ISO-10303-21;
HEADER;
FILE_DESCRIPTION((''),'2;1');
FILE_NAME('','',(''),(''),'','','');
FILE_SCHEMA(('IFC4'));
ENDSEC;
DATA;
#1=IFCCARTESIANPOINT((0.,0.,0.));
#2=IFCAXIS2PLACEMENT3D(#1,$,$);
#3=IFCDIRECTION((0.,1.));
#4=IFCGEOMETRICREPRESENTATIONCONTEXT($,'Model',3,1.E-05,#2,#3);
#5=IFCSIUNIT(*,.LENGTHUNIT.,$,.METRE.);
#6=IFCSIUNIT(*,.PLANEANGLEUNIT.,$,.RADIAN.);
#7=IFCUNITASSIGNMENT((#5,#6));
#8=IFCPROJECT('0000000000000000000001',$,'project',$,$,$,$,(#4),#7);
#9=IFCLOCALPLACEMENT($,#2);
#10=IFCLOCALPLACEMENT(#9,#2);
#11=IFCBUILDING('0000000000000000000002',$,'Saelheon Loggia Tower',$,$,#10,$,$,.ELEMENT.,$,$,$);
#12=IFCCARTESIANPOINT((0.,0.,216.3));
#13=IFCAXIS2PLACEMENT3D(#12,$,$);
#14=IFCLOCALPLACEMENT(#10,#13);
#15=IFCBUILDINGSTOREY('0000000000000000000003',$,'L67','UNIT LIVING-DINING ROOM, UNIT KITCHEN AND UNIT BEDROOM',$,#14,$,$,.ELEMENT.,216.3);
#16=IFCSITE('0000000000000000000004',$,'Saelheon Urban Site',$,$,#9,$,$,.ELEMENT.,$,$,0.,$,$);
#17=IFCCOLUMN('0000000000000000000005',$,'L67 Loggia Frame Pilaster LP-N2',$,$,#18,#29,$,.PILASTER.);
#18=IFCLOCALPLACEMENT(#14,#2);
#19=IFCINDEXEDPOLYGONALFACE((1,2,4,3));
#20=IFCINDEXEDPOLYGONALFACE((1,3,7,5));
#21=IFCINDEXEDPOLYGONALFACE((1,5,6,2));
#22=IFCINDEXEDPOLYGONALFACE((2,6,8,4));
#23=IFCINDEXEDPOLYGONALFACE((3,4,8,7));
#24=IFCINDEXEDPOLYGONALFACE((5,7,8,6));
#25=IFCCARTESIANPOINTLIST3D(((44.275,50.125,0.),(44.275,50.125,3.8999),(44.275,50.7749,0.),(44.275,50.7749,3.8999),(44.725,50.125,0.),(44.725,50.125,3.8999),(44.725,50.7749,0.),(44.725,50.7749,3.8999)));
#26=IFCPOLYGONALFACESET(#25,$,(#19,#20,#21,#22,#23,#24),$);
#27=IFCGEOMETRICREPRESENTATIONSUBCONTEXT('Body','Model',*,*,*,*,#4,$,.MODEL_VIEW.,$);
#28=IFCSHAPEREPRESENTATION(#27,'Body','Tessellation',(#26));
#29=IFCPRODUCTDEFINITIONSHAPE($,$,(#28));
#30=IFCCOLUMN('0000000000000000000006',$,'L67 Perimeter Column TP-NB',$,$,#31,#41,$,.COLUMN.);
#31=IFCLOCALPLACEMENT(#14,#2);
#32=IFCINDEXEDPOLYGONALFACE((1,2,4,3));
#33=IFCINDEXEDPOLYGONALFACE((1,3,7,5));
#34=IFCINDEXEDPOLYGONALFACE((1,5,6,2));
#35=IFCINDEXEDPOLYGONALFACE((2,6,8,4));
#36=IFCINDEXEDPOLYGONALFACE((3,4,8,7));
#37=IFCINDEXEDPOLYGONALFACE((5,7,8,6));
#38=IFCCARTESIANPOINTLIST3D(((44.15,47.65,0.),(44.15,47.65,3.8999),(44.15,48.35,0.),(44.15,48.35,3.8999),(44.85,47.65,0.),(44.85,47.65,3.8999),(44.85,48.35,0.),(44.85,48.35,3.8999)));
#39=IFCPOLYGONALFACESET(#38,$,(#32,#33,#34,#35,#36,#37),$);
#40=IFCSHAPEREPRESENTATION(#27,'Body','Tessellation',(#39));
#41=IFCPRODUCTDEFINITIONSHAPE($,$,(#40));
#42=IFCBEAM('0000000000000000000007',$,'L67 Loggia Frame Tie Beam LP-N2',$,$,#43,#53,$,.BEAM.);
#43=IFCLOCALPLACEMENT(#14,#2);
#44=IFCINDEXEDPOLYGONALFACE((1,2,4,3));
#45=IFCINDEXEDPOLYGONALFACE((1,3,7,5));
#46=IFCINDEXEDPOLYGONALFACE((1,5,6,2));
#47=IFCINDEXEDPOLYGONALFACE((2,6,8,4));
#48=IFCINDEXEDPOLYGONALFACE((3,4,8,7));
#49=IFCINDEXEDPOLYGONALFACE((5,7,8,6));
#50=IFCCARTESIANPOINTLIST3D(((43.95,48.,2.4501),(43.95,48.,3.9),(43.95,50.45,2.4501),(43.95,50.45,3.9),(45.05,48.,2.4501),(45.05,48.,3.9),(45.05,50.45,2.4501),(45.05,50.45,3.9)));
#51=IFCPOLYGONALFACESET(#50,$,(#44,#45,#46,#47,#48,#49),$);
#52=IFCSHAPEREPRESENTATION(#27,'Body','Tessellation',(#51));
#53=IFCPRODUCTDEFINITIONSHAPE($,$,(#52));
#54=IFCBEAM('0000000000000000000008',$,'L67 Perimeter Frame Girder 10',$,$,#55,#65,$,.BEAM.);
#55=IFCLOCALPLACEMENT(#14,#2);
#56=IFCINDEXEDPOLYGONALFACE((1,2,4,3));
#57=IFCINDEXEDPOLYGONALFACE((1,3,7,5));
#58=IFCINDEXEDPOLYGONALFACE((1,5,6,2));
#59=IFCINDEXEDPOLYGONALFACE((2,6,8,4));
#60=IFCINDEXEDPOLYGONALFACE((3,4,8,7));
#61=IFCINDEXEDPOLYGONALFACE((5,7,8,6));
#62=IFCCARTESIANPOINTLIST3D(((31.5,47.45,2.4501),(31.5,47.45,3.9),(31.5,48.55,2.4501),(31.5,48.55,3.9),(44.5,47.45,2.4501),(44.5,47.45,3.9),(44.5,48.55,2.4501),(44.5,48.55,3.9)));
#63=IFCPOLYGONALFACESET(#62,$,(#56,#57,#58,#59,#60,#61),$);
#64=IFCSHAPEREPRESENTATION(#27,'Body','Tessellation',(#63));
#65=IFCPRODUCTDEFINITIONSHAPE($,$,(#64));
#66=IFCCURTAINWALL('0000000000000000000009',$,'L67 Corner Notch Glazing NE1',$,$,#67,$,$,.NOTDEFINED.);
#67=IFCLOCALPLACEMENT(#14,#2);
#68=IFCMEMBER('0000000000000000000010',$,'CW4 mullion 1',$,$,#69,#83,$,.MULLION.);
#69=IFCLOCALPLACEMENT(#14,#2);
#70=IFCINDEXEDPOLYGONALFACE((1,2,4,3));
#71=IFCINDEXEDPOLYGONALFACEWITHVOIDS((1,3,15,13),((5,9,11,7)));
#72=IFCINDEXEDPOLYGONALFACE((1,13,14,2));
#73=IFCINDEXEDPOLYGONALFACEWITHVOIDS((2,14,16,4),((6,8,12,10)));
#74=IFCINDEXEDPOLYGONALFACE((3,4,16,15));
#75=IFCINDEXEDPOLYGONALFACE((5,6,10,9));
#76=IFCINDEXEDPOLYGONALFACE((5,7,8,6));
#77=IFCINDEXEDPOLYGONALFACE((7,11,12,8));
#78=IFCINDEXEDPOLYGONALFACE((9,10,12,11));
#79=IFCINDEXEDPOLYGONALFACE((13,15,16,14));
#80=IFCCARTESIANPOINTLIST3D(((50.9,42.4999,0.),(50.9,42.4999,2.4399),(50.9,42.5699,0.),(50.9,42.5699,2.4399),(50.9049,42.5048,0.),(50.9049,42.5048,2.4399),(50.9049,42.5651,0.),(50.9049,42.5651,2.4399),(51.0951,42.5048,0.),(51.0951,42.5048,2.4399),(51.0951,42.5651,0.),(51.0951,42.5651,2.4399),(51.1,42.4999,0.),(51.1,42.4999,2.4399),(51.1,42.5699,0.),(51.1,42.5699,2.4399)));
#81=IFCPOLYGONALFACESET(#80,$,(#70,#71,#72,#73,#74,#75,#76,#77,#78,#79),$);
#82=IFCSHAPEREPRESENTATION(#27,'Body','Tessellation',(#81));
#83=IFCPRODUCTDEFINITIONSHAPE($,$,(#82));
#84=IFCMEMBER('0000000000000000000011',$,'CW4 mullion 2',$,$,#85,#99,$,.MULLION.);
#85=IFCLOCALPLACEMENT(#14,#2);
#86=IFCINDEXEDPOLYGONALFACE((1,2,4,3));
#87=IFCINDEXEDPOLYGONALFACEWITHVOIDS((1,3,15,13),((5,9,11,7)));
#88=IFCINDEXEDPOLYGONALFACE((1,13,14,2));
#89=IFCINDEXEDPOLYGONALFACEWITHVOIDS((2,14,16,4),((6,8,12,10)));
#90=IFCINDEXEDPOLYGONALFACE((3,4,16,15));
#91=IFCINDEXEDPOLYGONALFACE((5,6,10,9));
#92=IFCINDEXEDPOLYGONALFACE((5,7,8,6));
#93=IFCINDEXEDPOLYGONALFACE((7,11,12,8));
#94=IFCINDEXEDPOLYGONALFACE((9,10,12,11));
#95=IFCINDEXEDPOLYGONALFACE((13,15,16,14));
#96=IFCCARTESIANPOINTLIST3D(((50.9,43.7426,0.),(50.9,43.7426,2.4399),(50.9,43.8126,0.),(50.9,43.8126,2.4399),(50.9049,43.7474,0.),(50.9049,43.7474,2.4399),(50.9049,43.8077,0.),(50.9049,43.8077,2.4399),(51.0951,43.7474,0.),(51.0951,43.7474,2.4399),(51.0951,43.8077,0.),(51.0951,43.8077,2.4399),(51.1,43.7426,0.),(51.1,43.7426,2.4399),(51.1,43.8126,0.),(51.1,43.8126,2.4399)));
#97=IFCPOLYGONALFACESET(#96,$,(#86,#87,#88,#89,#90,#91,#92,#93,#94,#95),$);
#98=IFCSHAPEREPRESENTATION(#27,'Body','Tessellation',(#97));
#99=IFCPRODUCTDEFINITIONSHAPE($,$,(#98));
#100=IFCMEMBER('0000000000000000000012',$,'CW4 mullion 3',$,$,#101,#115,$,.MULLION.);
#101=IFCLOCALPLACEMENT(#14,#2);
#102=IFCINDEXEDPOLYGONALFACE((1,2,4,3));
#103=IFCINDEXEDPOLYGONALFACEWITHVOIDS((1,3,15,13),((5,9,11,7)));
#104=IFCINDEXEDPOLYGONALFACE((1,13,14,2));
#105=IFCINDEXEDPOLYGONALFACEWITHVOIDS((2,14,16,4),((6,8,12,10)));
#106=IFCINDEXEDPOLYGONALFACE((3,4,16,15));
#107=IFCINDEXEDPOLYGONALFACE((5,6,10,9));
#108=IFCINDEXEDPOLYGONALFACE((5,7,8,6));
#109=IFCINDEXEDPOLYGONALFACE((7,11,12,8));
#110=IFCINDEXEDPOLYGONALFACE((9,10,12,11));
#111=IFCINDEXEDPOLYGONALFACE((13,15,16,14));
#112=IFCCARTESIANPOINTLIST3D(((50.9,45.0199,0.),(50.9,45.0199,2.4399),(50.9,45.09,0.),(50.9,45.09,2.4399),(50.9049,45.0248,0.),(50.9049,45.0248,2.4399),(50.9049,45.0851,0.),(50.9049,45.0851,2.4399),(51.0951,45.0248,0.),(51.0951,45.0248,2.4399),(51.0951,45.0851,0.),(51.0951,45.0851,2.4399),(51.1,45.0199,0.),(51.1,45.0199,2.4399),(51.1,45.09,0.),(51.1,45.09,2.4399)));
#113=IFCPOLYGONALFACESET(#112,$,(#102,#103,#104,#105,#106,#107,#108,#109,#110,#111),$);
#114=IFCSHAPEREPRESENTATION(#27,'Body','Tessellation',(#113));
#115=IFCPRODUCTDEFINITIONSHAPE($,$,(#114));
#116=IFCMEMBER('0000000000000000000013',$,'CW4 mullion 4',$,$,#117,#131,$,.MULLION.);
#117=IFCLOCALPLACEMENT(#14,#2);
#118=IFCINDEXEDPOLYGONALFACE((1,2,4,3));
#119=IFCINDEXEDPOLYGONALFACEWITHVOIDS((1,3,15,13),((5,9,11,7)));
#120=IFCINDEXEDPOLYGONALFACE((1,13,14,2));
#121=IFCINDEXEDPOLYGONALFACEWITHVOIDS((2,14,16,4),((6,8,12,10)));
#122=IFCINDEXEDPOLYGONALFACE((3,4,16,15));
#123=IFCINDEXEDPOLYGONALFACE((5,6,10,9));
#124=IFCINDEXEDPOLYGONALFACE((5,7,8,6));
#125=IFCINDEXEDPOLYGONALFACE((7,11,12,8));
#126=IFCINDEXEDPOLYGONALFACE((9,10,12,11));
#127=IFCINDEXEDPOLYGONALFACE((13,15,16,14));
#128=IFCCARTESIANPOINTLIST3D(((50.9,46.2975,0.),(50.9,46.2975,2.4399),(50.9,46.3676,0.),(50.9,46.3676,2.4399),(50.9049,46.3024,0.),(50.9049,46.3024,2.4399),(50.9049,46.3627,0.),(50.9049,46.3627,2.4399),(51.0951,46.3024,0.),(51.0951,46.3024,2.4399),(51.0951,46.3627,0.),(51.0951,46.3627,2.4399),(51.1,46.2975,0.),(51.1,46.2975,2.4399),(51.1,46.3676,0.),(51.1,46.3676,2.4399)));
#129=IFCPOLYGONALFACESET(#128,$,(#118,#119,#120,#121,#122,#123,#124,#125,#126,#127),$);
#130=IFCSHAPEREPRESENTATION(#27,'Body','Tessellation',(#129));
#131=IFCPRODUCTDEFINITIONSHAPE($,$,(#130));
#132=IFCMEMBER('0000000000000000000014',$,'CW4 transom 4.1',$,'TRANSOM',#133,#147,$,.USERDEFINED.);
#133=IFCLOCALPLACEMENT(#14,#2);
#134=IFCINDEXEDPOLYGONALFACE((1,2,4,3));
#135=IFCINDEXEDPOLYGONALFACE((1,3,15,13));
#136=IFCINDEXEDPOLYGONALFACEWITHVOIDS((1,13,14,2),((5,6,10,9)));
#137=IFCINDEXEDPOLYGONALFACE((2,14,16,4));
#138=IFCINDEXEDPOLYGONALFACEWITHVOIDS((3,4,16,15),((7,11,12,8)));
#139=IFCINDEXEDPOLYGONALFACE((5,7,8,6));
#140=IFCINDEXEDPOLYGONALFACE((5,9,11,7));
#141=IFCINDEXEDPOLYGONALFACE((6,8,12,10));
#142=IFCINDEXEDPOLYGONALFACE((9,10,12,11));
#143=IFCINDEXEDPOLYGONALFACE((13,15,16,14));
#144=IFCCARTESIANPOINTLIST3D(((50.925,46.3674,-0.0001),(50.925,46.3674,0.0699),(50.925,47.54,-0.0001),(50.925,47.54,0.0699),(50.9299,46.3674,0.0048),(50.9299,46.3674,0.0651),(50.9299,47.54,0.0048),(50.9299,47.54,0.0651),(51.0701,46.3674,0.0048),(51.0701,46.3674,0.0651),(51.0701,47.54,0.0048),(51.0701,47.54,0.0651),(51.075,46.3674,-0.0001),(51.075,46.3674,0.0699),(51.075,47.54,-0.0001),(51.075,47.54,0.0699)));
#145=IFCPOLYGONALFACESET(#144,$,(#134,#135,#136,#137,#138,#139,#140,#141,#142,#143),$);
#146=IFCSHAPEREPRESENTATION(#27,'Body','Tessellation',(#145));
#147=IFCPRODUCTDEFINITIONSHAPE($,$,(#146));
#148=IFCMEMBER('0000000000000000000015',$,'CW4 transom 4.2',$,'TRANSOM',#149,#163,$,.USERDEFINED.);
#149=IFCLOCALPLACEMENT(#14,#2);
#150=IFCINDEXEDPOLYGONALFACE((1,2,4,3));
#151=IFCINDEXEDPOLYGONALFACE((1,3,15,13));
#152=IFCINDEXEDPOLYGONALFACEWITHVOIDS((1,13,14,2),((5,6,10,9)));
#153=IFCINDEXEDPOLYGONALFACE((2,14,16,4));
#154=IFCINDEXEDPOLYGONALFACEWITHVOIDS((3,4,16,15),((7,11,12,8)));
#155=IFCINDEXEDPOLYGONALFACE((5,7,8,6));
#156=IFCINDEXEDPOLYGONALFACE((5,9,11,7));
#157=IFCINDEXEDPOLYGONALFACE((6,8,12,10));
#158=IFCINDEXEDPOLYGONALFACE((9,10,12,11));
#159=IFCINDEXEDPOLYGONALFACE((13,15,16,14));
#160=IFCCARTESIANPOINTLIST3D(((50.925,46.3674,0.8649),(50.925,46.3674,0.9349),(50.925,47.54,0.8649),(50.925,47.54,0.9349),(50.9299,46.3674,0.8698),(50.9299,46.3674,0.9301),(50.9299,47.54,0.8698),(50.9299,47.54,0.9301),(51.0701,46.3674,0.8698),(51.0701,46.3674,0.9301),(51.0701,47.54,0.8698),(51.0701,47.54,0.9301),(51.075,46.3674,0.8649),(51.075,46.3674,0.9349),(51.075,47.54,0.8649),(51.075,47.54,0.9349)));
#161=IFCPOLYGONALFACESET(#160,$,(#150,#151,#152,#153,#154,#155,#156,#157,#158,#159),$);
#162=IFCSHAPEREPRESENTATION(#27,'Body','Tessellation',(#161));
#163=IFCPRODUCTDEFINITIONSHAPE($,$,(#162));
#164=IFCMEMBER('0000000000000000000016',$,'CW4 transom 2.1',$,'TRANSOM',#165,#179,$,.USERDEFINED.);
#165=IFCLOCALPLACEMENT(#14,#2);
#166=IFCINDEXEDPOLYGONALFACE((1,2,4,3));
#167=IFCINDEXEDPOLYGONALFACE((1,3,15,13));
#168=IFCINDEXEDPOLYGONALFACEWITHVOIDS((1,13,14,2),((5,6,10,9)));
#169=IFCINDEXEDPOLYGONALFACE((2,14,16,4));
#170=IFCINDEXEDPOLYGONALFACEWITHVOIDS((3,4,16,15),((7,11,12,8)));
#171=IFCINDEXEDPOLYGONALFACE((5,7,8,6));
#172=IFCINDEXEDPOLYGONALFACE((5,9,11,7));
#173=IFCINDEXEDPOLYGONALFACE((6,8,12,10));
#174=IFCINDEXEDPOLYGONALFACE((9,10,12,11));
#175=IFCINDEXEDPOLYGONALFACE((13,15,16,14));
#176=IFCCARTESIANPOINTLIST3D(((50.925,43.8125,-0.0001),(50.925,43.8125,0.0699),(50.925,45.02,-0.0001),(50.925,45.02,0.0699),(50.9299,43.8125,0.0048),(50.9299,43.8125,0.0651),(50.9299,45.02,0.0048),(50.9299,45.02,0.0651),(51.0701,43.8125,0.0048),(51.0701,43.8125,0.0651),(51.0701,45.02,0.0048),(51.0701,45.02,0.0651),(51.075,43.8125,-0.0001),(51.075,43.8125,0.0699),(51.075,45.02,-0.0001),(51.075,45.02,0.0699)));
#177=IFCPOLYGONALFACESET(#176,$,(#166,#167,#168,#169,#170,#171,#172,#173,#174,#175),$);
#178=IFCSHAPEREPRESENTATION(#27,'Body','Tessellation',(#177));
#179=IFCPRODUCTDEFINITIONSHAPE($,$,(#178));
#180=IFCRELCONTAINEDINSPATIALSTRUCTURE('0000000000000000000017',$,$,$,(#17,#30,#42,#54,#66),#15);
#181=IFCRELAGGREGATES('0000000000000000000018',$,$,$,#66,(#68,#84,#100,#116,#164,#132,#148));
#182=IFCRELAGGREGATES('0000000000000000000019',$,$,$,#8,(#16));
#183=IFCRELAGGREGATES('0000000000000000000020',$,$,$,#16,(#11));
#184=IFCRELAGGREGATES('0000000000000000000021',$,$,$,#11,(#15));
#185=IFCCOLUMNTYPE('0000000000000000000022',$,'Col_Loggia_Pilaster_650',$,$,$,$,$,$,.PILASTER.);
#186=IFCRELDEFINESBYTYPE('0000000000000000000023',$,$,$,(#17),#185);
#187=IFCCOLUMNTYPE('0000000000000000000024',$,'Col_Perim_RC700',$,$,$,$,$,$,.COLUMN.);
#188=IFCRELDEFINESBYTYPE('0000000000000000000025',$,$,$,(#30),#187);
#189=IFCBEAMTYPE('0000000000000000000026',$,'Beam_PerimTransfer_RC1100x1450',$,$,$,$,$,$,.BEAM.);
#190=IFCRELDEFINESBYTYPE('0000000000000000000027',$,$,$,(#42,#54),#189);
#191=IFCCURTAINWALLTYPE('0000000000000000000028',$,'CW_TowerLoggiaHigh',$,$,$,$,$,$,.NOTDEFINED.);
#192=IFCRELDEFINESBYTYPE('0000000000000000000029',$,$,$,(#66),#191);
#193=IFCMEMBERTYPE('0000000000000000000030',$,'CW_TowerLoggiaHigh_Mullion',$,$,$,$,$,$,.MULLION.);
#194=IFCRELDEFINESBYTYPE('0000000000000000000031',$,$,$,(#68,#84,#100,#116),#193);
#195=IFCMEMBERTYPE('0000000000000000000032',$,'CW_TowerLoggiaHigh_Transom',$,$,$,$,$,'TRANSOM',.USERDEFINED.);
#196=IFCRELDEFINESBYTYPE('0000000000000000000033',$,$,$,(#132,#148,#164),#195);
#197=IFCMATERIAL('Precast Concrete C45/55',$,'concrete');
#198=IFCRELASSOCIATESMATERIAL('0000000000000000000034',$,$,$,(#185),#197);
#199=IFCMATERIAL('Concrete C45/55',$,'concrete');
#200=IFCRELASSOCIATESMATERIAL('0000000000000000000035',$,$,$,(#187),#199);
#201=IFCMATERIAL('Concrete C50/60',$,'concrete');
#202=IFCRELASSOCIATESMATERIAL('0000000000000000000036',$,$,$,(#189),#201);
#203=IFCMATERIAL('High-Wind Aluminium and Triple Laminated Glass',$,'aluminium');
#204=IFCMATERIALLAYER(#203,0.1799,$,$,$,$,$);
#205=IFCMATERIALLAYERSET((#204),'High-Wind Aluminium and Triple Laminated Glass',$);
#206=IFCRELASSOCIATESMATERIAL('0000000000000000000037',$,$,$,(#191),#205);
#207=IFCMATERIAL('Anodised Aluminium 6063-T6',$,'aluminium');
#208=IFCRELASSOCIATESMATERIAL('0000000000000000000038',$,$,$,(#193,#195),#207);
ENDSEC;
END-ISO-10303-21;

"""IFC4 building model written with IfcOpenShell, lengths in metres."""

from ifc_helpers import new_model, si_unit, direction, frame, origin, origin_2d, place, context, subcontext, project, spatial, rectangle, hollow_rectangle, extrude, source, transform, mapped, material, layer, layer_set, material_profile, profile_set, type_object, element, aggregate, save


model = new_model("IFC4")

# Units and contexts
model_context = context("Model", 3, precision=1e-05, world=origin(), true_north=direction((0.0, 1.0)))
body_context = subcontext(model_context, "Body", "Model", "MODEL_VIEW")
ifc_project = project(units=[si_unit("LENGTHUNIT", "METRE"), si_unit("PLANEANGLEUNIT", "RADIAN")], contexts=[model_context])

# Site, building, storey
site_placement = place(None, origin())
site = spatial("IfcSite", under=ifc_project, at=site_placement, Name="Saelheon Urban Site", CompositionType="ELEMENT", RefElevation=0.0)
building_placement = place(site_placement, origin())
building = spatial("IfcBuilding", under=site, at=building_placement, Name="Saelheon Loggia Tower", CompositionType="ELEMENT")
storey_placement = place(building_placement, frame((0.0, 0.0, 216.3)))
storey = spatial("IfcBuildingStorey", under=building, at=storey_placement, Name="L67", Description="UNIT LIVING-DINING ROOM, UNIT KITCHEN AND UNIT BEDROOM", CompositionType="ELEMENT", Elevation=216.3)

# Columns
ifc_material_1 = material(Name="Precast Concrete C45/55", Category="concrete")
ifc_material_profile_1 = material_profile(ifc_material_1, rectangle(XDim=0.45, YDim=0.6499, at=origin_2d()), Name="RC-450x650")
ifc_profile_set_1 = profile_set([ifc_material_profile_1], Name="Precast Concrete C45/55")
column_type_1 = type_object("IfcColumnType", Name="Col_Loggia_Pilaster_650", PredefinedType="PILASTER", material=ifc_profile_set_1)
shared_shape_1 = source(origin(), body_context, "Body", "SweptSolid", [
    extrude(rectangle(XDim=0.45, YDim=0.6499, at=origin_2d()), origin(), (0.0, 0.0, 1.0), 3.8999),
])
column_1_placement = place(storey_placement, frame((44.5, 50.45, 0.0), z_axis=(0.0, 0.0, 1.0), x_axis=(1.0, 0.0, 0.0)))
element("IfcColumn", 1, at=column_1_placement, inside=storey, type_object=column_type_1, Name="L67 Loggia Frame Pilaster LP-N2", PredefinedType="PILASTER", context=body_context, shape_type="MappedRepresentation", body=[
    mapped(shared_shape_1, transform((0.0, 0.0, 0.0), scale=1.0)),
])
ifc_material_2 = material(Name="Concrete C45/55", Category="concrete")
ifc_material_profile_2 = material_profile(ifc_material_2, rectangle(XDim=0.7, YDim=0.7, at=origin_2d()), Name="RC-700x700")
ifc_profile_set_2 = profile_set([ifc_material_profile_2], Name="Concrete C45/55")
column_type_2 = type_object("IfcColumnType", Name="Col_Perim_RC700", PredefinedType="COLUMN", material=ifc_profile_set_2)
shared_shape_2 = source(origin(), body_context, "Body", "SweptSolid", [
    extrude(rectangle(XDim=0.7, YDim=0.7, at=origin_2d()), origin(), (0.0, 0.0, 1.0), 3.8999),
])
column_2_placement = place(storey_placement, frame((44.5, 48.0, 0.0), z_axis=(0.0, 0.0, 1.0), x_axis=(1.0, 0.0, 0.0)))
element("IfcColumn", 2, at=column_2_placement, inside=storey, type_object=column_type_2, Name="L67 Perimeter Column TP-NB", PredefinedType="COLUMN", context=body_context, shape_type="MappedRepresentation", body=[
    mapped(shared_shape_2, transform((0.0, 0.0, 0.0), scale=1.0)),
])

# Beams
ifc_material_3 = material(Name="Concrete C50/60", Category="concrete")
ifc_material_profile_3 = material_profile(ifc_material_3, rectangle(XDim=1.1001, YDim=1.45, at=origin_2d()), Name="RC-1100x1450")
ifc_profile_set_3 = profile_set([ifc_material_profile_3], Name="Concrete C50/60")
beam_type = type_object("IfcBeamType", Name="Beam_PerimTransfer_RC1100x1450", PredefinedType="BEAM", material=ifc_profile_set_3)
shared_shape_3 = source(origin(), body_context, "Body", "SweptSolid", [
    extrude(rectangle(XDim=1.1001, YDim=1.45, at=origin_2d()), origin(), (0.0, 0.0, 1.0), 2.45),
])
beam_1_placement = place(storey_placement, frame((44.5, 48.0, 3.175), z_axis=(0.0, 1.0, 0.0), x_axis=(-1.0, 0.0, 0.0)))
element("IfcBeam", 3, at=beam_1_placement, inside=storey, type_object=beam_type, Name="L67 Loggia Frame Tie Beam LP-N2", PredefinedType="BEAM", context=body_context, shape_type="MappedRepresentation", body=[
    mapped(shared_shape_3, transform((0.0, 0.0, 0.0), scale=1.0)),
])
shared_shape_4 = source(origin(), body_context, "Body", "SweptSolid", [
    extrude(rectangle(XDim=1.1001, YDim=1.45, at=origin_2d()), origin(), (0.0, 0.0, 1.0), 13.0),
])
beam_2_placement = place(storey_placement, frame((44.5, 48.0, 3.175), z_axis=(-1.0, 0.0, 0.0), x_axis=(0.0, -1.0, 0.0)))
element("IfcBeam", 4, at=beam_2_placement, inside=storey, type_object=beam_type, Name="L67 Perimeter Frame Girder 10", PredefinedType="BEAM", context=body_context, shape_type="MappedRepresentation", body=[
    mapped(shared_shape_4, transform((0.0, 0.0, 0.0), scale=1.0)),
])

# Curtain wall, members
ifc_material_4 = material(Name="High-Wind Aluminium and Triple Laminated Glass", Category="aluminium")
ifc_layer_1 = layer(ifc_material_4, 0.1799)
ifc_layer_set_1 = layer_set([ifc_layer_1], Name="High-Wind Aluminium and Triple Laminated Glass")
curtain_wall_type = type_object("IfcCurtainWallType", Name="CW_TowerLoggiaHigh", PredefinedType="NOTDEFINED", material=ifc_layer_set_1)
curtain_wall_placement = place(storey_placement, origin())
curtain_wall = element("IfcCurtainWall", 5, at=curtain_wall_placement, inside=storey, type_object=curtain_wall_type, Name="L67 Corner Notch Glazing NE1", PredefinedType="NOTDEFINED")
ifc_material_5 = material(Name="Anodised Aluminium 6063-T6", Category="aluminium")
ifc_material_profile_4 = material_profile(ifc_material_5, hollow_rectangle(XDim=0.0701, YDim=0.2, WallThickness=0.0049, at=origin_2d()), Name="RHS-200x70x5")
ifc_profile_set_4 = profile_set([ifc_material_profile_4], Name="Anodised Aluminium 6063-T6")
member_type_1 = type_object("IfcMemberType", Name="CW_TowerLoggiaHigh_Mullion", PredefinedType="MULLION", material=ifc_profile_set_4)
shared_shape_5 = source(origin(), body_context, "Body", "SweptSolid", [
    extrude(hollow_rectangle(XDim=0.0701, YDim=0.2, WallThickness=0.0049, at=origin_2d()), origin(), (0.0, 0.0, 1.0), 2.4399),
])
member_1_placement = place(storey_placement, frame((51.0, 42.5349, 0.0), z_axis=(0.0, 0.0, 1.0), x_axis=(0.0, 1.0, 0.0)))
member_1 = element("IfcMember", 6, at=member_1_placement, type_object=member_type_1, Name="CW4 mullion 1", PredefinedType="MULLION", context=body_context, shape_type="MappedRepresentation", body=[
    mapped(shared_shape_5, transform((0.0, 0.0, 0.0), scale=1.0)),
])
member_2_placement = place(storey_placement, frame((51.0, 43.7776, 0.0), z_axis=(0.0, 0.0, 1.0), x_axis=(0.0, 1.0, 0.0)))
member_2 = element("IfcMember", 7, at=member_2_placement, type_object=member_type_1, Name="CW4 mullion 2", PredefinedType="MULLION", context=body_context, shape_type="MappedRepresentation", body=[
    mapped(shared_shape_5, transform((0.0, 0.0, 0.0), scale=1.0)),
])
member_3_placement = place(storey_placement, frame((51.0, 45.0549, 0.0), z_axis=(0.0, 0.0, 1.0), x_axis=(0.0, 1.0, 0.0)))
member_3 = element("IfcMember", 8, at=member_3_placement, type_object=member_type_1, Name="CW4 mullion 3", PredefinedType="MULLION", context=body_context, shape_type="MappedRepresentation", body=[
    mapped(shared_shape_5, transform((0.0, 0.0, 0.0), scale=1.0)),
])
member_4_placement = place(storey_placement, frame((51.0, 46.3325, 0.0), z_axis=(0.0, 0.0, 1.0), x_axis=(0.0, 1.0, 0.0)))
member_4 = element("IfcMember", 9, at=member_4_placement, type_object=member_type_1, Name="CW4 mullion 4", PredefinedType="MULLION", context=body_context, shape_type="MappedRepresentation", body=[
    mapped(shared_shape_5, transform((0.0, 0.0, 0.0), scale=1.0)),
])
ifc_material_profile_5 = material_profile(ifc_material_5, hollow_rectangle(XDim=0.0701, YDim=0.1499, WallThickness=0.0049, at=origin_2d()), Name="RHS-150x70x5")
ifc_profile_set_5 = profile_set([ifc_material_profile_5], Name="Anodised Aluminium 6063-T6")
member_type_2 = type_object("IfcMemberType", Name="CW_TowerLoggiaHigh_Transom", ElementType="TRANSOM", PredefinedType="USERDEFINED", material=ifc_profile_set_5)
shared_shape_6 = source(origin(), body_context, "Body", "SweptSolid", [
    extrude(hollow_rectangle(XDim=0.0701, YDim=0.1499, WallThickness=0.0049, at=origin_2d()), origin(), (0.0, 0.0, 1.0), 1.1726),
])
member_5_placement = place(storey_placement, frame((51.0, 46.3674, 0.0349), z_axis=(0.0, 1.0, 0.0), x_axis=(0.0, 0.0, 1.0)))
member_5 = element("IfcMember", 10, at=member_5_placement, type_object=member_type_2, Name="CW4 transom 4.1", ObjectType="TRANSOM", PredefinedType="USERDEFINED", context=body_context, shape_type="MappedRepresentation", body=[
    mapped(shared_shape_6, transform((0.0, 0.0, 0.0), scale=1.0)),
])
member_6_placement = place(storey_placement, frame((51.0, 46.3674, 0.8999), z_axis=(0.0, 1.0, 0.0), x_axis=(0.0, 0.0, 1.0)))
member_6 = element("IfcMember", 11, at=member_6_placement, type_object=member_type_2, Name="CW4 transom 4.2", ObjectType="TRANSOM", PredefinedType="USERDEFINED", context=body_context, shape_type="MappedRepresentation", body=[
    mapped(shared_shape_6, transform((0.0, 0.0, 0.0), scale=1.0)),
])
shared_shape_7 = source(origin(), body_context, "Body", "SweptSolid", [
    extrude(hollow_rectangle(XDim=0.0701, YDim=0.1499, WallThickness=0.0049, at=origin_2d()), origin(), (0.0, 0.0, 1.0), 1.2075),
])
member_7_placement = place(storey_placement, frame((51.0, 43.8125, 0.0349), z_axis=(0.0, 1.0, 0.0), x_axis=(0.0, 0.0, 1.0)))
member_7 = element("IfcMember", 12, at=member_7_placement, type_object=member_type_2, Name="CW4 transom 2.1", ObjectType="TRANSOM", PredefinedType="USERDEFINED", context=body_context, shape_type="MappedRepresentation", body=[
    mapped(shared_shape_7, transform((0.0, 0.0, 0.0), scale=1.0)),
])
aggregate(curtain_wall, [member_1, member_2, member_3, member_4, member_7, member_5, member_6])

save(model, "model.ifc")
